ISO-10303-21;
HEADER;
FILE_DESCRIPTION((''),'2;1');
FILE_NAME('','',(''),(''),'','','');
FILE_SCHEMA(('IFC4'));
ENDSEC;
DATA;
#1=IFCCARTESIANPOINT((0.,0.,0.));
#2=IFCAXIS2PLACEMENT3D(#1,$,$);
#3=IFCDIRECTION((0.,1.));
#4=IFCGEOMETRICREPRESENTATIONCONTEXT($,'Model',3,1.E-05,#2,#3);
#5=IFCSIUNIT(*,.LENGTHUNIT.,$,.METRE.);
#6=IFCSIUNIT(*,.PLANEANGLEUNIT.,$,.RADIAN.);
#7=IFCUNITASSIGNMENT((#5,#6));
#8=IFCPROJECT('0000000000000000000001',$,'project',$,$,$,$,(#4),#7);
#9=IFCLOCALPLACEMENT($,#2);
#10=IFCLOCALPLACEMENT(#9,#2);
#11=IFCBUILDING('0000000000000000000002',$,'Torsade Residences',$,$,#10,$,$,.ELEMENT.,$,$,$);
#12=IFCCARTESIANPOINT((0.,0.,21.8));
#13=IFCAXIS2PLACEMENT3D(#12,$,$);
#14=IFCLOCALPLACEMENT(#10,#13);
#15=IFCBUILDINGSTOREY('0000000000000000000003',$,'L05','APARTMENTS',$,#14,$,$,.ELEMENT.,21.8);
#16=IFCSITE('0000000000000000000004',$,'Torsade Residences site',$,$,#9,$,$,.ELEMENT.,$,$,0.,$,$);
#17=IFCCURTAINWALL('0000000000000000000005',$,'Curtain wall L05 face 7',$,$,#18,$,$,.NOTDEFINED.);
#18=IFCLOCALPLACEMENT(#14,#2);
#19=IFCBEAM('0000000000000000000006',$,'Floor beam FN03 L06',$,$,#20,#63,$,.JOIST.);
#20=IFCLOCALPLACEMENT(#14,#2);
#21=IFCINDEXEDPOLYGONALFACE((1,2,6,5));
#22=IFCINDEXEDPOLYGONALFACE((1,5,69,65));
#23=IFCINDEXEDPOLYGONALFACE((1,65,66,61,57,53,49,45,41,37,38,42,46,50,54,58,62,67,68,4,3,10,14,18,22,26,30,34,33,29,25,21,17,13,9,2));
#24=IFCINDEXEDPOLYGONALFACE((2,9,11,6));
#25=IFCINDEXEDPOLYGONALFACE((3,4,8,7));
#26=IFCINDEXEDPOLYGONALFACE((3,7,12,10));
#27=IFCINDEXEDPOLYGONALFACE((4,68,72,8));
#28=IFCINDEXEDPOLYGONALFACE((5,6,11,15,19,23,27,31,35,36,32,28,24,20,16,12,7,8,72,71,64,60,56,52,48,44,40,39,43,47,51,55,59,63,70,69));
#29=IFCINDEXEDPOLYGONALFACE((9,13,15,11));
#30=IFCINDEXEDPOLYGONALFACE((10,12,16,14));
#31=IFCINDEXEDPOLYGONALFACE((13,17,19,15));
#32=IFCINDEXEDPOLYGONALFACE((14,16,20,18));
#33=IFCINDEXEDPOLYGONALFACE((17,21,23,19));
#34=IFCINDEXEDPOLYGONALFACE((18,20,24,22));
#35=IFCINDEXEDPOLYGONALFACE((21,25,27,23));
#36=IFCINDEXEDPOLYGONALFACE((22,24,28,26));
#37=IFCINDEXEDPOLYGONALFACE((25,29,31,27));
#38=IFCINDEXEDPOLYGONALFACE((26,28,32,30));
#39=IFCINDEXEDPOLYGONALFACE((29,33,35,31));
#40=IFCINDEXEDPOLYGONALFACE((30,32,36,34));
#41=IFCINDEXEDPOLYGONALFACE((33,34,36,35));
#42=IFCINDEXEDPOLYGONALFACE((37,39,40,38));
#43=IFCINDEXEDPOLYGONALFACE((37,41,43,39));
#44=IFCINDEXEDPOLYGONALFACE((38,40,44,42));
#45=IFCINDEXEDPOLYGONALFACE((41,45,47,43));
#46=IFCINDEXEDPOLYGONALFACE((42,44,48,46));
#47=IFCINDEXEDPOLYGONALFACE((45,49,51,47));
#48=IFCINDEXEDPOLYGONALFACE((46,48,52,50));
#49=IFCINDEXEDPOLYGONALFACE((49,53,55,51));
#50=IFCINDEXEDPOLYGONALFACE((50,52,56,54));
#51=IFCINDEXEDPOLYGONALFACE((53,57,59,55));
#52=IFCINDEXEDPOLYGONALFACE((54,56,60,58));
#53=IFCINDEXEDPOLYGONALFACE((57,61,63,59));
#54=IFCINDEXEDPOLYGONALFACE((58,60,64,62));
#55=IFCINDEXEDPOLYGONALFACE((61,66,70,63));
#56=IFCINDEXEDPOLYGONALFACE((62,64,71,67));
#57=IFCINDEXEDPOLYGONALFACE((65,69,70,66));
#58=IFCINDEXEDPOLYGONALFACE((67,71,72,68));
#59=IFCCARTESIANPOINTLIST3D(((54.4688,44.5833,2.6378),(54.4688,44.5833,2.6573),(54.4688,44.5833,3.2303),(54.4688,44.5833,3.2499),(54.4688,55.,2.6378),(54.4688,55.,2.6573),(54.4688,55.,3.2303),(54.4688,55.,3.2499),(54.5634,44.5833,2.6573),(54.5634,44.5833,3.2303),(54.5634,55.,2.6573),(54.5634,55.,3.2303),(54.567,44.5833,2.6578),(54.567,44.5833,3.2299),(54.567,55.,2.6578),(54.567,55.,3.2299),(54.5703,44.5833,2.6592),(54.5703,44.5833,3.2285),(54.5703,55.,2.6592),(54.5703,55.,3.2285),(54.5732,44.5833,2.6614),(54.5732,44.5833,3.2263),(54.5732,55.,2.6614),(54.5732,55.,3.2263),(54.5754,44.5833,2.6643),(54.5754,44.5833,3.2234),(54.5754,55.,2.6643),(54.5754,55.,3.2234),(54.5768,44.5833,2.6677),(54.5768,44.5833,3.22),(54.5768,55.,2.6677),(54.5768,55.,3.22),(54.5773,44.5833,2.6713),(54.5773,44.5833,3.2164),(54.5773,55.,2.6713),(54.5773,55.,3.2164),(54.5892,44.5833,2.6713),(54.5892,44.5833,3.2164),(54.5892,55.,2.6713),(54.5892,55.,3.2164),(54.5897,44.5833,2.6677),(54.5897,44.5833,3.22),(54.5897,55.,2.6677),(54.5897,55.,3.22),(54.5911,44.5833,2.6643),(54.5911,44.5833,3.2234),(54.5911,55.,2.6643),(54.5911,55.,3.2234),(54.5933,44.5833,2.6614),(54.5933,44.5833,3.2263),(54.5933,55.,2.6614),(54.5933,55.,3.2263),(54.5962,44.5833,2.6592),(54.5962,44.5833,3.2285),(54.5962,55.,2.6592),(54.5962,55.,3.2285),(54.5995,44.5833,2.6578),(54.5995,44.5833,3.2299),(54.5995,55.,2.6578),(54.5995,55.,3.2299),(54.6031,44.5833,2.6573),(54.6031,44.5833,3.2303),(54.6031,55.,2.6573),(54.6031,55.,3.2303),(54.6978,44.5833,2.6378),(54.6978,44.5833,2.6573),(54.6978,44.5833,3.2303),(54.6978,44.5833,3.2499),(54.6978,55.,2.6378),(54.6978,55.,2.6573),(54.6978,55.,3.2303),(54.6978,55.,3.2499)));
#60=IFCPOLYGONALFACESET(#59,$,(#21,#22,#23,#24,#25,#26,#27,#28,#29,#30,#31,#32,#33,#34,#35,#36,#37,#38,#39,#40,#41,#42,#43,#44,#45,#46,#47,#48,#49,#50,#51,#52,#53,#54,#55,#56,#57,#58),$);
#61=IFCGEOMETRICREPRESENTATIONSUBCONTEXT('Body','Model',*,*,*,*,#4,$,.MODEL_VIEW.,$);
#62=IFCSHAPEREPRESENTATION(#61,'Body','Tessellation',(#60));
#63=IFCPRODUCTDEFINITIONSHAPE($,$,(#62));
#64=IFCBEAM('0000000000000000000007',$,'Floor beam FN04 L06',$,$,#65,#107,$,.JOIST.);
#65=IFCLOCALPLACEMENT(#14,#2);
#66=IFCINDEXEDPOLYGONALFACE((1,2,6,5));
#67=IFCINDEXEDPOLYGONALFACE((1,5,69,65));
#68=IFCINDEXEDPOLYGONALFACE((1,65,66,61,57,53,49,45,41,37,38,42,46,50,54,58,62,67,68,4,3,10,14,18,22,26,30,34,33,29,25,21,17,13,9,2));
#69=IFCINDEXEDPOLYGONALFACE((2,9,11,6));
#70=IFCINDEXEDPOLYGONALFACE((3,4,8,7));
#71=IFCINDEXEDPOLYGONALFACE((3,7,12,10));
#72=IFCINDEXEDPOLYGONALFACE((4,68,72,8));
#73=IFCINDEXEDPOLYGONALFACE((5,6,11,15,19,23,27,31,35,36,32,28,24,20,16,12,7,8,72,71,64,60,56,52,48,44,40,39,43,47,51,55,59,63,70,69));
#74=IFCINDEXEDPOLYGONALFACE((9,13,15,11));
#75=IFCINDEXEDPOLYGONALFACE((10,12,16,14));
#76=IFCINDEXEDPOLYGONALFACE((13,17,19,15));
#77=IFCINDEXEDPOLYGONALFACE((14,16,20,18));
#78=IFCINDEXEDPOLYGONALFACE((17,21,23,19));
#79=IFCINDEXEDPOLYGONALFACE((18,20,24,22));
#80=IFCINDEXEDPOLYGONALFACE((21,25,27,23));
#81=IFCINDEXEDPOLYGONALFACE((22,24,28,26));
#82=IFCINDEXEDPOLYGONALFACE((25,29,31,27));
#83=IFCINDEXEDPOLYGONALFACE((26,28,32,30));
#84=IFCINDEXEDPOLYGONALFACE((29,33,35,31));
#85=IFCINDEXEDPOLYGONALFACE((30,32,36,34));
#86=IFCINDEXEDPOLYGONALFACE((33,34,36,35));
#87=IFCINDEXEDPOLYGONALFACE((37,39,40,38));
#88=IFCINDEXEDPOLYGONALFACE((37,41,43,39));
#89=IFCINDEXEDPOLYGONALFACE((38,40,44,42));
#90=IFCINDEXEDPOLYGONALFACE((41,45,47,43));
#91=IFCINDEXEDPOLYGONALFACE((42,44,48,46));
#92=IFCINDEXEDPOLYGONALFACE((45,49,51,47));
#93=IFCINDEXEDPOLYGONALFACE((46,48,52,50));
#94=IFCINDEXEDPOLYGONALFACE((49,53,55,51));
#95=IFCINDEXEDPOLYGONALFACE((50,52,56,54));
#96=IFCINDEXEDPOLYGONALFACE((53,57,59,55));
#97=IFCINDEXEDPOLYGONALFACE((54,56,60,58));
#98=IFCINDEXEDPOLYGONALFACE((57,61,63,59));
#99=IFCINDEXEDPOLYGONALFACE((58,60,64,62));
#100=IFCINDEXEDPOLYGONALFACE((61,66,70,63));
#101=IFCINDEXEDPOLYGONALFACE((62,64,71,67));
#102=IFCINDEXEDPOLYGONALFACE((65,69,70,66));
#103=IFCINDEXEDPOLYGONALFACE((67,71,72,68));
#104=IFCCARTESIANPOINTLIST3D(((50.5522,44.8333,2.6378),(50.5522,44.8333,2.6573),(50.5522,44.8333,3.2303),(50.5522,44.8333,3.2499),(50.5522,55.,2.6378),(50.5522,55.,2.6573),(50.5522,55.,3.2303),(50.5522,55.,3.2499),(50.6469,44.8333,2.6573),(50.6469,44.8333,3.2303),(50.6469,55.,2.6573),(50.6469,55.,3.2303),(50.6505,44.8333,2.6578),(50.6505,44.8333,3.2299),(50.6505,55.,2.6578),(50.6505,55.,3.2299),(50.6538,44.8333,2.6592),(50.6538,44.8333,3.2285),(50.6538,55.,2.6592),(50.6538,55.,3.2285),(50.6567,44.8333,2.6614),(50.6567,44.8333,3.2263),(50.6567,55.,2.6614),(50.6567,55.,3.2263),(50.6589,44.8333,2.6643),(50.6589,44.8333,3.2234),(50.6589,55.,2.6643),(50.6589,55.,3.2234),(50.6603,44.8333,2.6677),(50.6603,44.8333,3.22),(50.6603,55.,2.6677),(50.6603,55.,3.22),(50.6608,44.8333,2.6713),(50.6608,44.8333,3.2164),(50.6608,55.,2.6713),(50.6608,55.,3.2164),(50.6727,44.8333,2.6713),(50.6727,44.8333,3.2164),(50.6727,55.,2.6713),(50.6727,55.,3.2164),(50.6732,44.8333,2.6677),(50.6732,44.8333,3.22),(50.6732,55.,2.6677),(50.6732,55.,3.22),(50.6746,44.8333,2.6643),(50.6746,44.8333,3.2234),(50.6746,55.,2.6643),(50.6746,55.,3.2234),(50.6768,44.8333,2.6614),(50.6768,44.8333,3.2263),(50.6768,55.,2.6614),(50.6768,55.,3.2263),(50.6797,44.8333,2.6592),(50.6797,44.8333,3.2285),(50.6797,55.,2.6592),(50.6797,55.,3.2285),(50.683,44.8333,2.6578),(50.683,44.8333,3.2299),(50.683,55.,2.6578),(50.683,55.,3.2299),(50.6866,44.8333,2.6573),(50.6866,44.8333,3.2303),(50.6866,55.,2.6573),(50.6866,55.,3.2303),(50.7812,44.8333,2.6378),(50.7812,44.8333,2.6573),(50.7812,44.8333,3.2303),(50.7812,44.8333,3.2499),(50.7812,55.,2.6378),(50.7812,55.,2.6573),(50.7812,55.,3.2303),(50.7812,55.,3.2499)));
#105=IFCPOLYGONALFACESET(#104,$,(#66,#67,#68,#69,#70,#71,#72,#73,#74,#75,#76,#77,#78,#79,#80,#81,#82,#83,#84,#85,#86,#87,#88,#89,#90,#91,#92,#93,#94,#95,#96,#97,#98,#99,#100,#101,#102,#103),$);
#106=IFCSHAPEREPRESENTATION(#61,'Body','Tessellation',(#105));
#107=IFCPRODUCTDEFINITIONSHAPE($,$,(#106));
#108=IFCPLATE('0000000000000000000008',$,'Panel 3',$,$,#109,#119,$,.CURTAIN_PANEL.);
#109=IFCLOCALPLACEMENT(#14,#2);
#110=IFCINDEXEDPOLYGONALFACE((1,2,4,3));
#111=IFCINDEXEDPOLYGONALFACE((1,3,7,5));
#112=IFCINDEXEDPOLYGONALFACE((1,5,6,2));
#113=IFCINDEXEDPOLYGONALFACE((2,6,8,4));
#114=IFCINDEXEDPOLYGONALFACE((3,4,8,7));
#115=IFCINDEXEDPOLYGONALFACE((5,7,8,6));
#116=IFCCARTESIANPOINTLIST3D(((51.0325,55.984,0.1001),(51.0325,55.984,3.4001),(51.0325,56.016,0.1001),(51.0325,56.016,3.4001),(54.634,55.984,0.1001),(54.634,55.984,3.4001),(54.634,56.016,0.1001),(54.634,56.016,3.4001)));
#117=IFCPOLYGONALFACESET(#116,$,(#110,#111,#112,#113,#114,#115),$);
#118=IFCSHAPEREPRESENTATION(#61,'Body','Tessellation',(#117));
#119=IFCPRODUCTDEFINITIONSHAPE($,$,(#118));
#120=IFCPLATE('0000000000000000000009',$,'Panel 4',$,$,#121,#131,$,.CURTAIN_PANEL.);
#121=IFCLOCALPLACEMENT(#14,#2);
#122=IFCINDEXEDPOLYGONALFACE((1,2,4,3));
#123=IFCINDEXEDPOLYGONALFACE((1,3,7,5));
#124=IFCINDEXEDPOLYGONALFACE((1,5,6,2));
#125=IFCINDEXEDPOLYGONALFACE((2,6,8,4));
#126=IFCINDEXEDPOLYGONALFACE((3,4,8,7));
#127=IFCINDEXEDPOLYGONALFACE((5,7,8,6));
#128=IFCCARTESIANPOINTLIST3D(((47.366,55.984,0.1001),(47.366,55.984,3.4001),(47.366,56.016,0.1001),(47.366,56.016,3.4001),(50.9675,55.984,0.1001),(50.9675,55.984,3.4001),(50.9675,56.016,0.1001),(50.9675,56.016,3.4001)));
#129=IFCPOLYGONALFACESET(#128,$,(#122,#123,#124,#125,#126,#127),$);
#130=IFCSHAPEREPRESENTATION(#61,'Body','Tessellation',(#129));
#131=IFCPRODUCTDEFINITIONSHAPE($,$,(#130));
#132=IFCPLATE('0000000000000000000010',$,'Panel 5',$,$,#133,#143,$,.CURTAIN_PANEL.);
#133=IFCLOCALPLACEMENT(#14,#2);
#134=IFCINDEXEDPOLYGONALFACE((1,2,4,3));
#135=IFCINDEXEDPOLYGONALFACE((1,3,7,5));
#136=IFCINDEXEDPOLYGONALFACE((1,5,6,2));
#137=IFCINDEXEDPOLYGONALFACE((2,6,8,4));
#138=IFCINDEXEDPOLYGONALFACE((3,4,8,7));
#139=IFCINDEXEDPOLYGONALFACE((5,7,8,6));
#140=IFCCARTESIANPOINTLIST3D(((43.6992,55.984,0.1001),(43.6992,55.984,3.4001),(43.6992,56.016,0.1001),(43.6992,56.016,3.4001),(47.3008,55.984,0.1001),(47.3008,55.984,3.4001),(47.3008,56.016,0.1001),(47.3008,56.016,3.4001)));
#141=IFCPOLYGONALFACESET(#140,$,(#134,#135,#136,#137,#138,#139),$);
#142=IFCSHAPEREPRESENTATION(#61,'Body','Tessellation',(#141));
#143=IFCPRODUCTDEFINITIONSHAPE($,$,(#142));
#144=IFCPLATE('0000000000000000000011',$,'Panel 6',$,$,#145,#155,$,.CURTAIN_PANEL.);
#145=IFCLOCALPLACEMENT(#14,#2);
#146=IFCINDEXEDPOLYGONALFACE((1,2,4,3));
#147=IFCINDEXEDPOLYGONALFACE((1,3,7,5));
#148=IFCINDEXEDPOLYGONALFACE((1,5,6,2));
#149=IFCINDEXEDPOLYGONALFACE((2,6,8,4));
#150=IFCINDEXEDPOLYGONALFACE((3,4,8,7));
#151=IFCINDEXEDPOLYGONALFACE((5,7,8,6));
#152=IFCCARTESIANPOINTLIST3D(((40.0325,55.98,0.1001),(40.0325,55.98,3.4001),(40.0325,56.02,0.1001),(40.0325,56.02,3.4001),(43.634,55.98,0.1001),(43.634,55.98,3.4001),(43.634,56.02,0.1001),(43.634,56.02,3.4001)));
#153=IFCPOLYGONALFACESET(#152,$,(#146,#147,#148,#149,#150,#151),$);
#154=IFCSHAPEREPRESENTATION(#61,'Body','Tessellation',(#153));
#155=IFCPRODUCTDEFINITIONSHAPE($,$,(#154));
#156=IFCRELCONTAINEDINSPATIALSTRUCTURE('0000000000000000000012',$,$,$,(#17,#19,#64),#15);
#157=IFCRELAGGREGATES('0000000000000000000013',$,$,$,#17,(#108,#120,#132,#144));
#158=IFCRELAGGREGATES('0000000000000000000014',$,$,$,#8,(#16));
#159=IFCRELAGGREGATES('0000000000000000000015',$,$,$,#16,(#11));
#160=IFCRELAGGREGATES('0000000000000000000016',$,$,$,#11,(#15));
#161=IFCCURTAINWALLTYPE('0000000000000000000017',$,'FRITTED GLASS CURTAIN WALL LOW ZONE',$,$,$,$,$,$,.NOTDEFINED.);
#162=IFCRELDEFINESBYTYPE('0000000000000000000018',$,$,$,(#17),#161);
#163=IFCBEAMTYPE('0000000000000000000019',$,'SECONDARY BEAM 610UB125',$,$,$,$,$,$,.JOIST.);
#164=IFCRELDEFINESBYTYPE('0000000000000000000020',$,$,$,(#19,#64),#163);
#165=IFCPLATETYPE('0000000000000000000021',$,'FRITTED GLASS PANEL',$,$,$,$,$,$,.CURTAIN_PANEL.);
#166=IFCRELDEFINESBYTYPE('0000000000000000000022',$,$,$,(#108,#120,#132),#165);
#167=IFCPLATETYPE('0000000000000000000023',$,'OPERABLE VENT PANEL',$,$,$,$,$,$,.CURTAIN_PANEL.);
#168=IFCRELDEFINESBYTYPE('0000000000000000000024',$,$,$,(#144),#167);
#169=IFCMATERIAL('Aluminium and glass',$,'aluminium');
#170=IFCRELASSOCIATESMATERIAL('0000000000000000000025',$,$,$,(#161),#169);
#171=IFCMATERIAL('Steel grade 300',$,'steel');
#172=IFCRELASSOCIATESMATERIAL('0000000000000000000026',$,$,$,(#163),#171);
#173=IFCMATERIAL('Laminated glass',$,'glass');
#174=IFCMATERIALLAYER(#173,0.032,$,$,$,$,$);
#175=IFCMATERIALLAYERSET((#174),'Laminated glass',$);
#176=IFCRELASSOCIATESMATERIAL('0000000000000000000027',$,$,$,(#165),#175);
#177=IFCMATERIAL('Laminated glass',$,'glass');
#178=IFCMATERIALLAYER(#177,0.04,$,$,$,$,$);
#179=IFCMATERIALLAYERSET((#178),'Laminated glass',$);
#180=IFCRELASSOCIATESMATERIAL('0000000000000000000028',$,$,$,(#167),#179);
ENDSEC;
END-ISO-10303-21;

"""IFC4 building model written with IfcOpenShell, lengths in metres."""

from ifc_helpers import new_model, si_unit, direction, frame, origin, origin_2d, place, context, subcontext, project, spatial, rectangle, i_section, extrude, material, layer, layer_set, material_profile, profile_set, type_object, element, aggregate, save


model = new_model("IFC4")

# Units and contexts
model_context = context("Model", 3, precision=1e-05, world=origin(), true_north=direction((0.0, 1.0)))
body_context = subcontext(model_context, "Body", "Model", "MODEL_VIEW")
ifc_project = project(units=[si_unit("LENGTHUNIT", "METRE"), si_unit("PLANEANGLEUNIT", "RADIAN")], contexts=[model_context])

# Site, building, storey
site_placement = place(None, origin())
site = spatial("IfcSite", under=ifc_project, at=site_placement, Name="Torsade Residences site", CompositionType="ELEMENT", RefElevation=0.0)
building_placement = place(site_placement, origin())
building = spatial("IfcBuilding", under=site, at=building_placement, Name="Torsade Residences", CompositionType="ELEMENT")
storey_placement = place(building_placement, frame((0.0, 0.0, 21.8)))
storey = spatial("IfcBuildingStorey", under=building, at=storey_placement, Name="L05", Description="APARTMENTS", CompositionType="ELEMENT", Elevation=21.8)

# Curtain wall
ifc_material_1 = material(Name="Aluminium and glass", Category="aluminium")
curtain_wall_type = type_object("IfcCurtainWallType", Name="FRITTED GLASS CURTAIN WALL LOW ZONE", PredefinedType="NOTDEFINED", material=ifc_material_1)
curtain_wall_placement = place(storey_placement, origin())
curtain_wall = element("IfcCurtainWall", 1, at=curtain_wall_placement, inside=storey, type_object=curtain_wall_type, Name="Curtain wall L05 face 7", PredefinedType="NOTDEFINED")

# Beams
ifc_material_2 = material(Name="Steel grade 300", Category="steel")
ifc_material_profile_1 = material_profile(ifc_material_2, i_section(OverallWidth=0.229, OverallDepth=0.6121, WebThickness=0.012, FlangeThickness=0.0195, FilletRadius=0.0139, at=origin_2d()), Name="610UB125")
ifc_profile_set_1 = profile_set([ifc_material_profile_1], Name="Steel grade 300")
beam_type_1 = type_object("IfcBeamType", Name="SECONDARY BEAM 610UB125", PredefinedType="JOIST", material=ifc_profile_set_1)
beam_1_placement = place(storey_placement, frame((54.5833, 55.0, 2.9438), z_axis=(0.0, -1.0, 0.0), x_axis=(1.0, 0.0, 0.0)))
element("IfcBeam", 2, at=beam_1_placement, inside=storey, type_object=beam_type_1, Name="Floor beam FN03 L06", PredefinedType="JOIST", context=body_context, shape_type="SweptSolid", body=[
    extrude(i_section(OverallWidth=0.229, OverallDepth=0.6121, WebThickness=0.012, FlangeThickness=0.0195, FilletRadius=0.0139, at=origin_2d()), origin(), (0.0, 0.0, 1.0), 10.4167),
])
beam_2_placement = place(storey_placement, frame((50.6667, 55.0, 2.9438), z_axis=(0.0, -1.0, 0.0), x_axis=(1.0, 0.0, 0.0)))
element("IfcBeam", 3, at=beam_2_placement, inside=storey, type_object=beam_type_1, Name="Floor beam FN04 L06", PredefinedType="JOIST", context=body_context, shape_type="SweptSolid", body=[
    extrude(i_section(OverallWidth=0.229, OverallDepth=0.6121, WebThickness=0.012, FlangeThickness=0.0195, FilletRadius=0.0139, at=origin_2d()), origin(), (0.0, 0.0, 1.0), 10.1667),
])

# Plates
ifc_material_3 = material(Name="Laminated glass", Category="glass")
ifc_layer_1 = layer(ifc_material_3, 0.032)
ifc_layer_set_1 = layer_set([ifc_layer_1], Name="Laminated glass")
plate_type_1 = type_object("IfcPlateType", Name="FRITTED GLASS PANEL", PredefinedType="CURTAIN_PANEL", material=ifc_layer_set_1)
plate_1_placement = place(storey_placement, frame((52.8333, 56.0, 0.1001), z_axis=(0.0, 0.0, 1.0), x_axis=(-1.0, 0.0, 0.0)))
plate_1 = element("IfcPlate", 4, at=plate_1_placement, type_object=plate_type_1, Name="Panel 3", PredefinedType="CURTAIN_PANEL", context=body_context, shape_type="SweptSolid", body=[
    extrude(rectangle(XDim=3.6016, YDim=0.032, at=origin_2d()), origin(), (0.0, 0.0, 1.0), 3.3),
])
plate_2_placement = place(storey_placement, frame((49.1667, 56.0, 0.1001), z_axis=(0.0, 0.0, 1.0), x_axis=(-1.0, 0.0, 0.0)))
plate_2 = element("IfcPlate", 5, at=plate_2_placement, type_object=plate_type_1, Name="Panel 4", PredefinedType="CURTAIN_PANEL", context=body_context, shape_type="SweptSolid", body=[
    extrude(rectangle(XDim=3.6016, YDim=0.032, at=origin_2d()), origin(), (0.0, 0.0, 1.0), 3.3),
])
plate_3_placement = place(storey_placement, frame((45.5, 56.0, 0.1001), z_axis=(0.0, 0.0, 1.0), x_axis=(-1.0, 0.0, 0.0)))
plate_3 = element("IfcPlate", 6, at=plate_3_placement, type_object=plate_type_1, Name="Panel 5", PredefinedType="CURTAIN_PANEL", context=body_context, shape_type="SweptSolid", body=[
    extrude(rectangle(XDim=3.6016, YDim=0.032, at=origin_2d()), origin(), (0.0, 0.0, 1.0), 3.3),
])
ifc_material_4 = material(Name="Laminated glass", Category="glass")
ifc_layer_2 = layer(ifc_material_4, 0.04)
ifc_layer_set_2 = layer_set([ifc_layer_2], Name="Laminated glass")
plate_type_2 = type_object("IfcPlateType", Name="OPERABLE VENT PANEL", PredefinedType="CURTAIN_PANEL", material=ifc_layer_set_2)
plate_4_placement = place(storey_placement, frame((41.8333, 56.0, 0.1001), z_axis=(0.0, 0.0, 1.0), x_axis=(-1.0, 0.0, 0.0)))
plate_4 = element("IfcPlate", 7, at=plate_4_placement, type_object=plate_type_2, Name="Panel 6", PredefinedType="CURTAIN_PANEL", context=body_context, shape_type="SweptSolid", body=[
    extrude(rectangle(XDim=3.6016, YDim=0.04, at=origin_2d()), origin(), (0.0, 0.0, 1.0), 3.3),
])
aggregate(curtain_wall, [plate_1, plate_2, plate_3, plate_4])

save(model, "model.ifc")
